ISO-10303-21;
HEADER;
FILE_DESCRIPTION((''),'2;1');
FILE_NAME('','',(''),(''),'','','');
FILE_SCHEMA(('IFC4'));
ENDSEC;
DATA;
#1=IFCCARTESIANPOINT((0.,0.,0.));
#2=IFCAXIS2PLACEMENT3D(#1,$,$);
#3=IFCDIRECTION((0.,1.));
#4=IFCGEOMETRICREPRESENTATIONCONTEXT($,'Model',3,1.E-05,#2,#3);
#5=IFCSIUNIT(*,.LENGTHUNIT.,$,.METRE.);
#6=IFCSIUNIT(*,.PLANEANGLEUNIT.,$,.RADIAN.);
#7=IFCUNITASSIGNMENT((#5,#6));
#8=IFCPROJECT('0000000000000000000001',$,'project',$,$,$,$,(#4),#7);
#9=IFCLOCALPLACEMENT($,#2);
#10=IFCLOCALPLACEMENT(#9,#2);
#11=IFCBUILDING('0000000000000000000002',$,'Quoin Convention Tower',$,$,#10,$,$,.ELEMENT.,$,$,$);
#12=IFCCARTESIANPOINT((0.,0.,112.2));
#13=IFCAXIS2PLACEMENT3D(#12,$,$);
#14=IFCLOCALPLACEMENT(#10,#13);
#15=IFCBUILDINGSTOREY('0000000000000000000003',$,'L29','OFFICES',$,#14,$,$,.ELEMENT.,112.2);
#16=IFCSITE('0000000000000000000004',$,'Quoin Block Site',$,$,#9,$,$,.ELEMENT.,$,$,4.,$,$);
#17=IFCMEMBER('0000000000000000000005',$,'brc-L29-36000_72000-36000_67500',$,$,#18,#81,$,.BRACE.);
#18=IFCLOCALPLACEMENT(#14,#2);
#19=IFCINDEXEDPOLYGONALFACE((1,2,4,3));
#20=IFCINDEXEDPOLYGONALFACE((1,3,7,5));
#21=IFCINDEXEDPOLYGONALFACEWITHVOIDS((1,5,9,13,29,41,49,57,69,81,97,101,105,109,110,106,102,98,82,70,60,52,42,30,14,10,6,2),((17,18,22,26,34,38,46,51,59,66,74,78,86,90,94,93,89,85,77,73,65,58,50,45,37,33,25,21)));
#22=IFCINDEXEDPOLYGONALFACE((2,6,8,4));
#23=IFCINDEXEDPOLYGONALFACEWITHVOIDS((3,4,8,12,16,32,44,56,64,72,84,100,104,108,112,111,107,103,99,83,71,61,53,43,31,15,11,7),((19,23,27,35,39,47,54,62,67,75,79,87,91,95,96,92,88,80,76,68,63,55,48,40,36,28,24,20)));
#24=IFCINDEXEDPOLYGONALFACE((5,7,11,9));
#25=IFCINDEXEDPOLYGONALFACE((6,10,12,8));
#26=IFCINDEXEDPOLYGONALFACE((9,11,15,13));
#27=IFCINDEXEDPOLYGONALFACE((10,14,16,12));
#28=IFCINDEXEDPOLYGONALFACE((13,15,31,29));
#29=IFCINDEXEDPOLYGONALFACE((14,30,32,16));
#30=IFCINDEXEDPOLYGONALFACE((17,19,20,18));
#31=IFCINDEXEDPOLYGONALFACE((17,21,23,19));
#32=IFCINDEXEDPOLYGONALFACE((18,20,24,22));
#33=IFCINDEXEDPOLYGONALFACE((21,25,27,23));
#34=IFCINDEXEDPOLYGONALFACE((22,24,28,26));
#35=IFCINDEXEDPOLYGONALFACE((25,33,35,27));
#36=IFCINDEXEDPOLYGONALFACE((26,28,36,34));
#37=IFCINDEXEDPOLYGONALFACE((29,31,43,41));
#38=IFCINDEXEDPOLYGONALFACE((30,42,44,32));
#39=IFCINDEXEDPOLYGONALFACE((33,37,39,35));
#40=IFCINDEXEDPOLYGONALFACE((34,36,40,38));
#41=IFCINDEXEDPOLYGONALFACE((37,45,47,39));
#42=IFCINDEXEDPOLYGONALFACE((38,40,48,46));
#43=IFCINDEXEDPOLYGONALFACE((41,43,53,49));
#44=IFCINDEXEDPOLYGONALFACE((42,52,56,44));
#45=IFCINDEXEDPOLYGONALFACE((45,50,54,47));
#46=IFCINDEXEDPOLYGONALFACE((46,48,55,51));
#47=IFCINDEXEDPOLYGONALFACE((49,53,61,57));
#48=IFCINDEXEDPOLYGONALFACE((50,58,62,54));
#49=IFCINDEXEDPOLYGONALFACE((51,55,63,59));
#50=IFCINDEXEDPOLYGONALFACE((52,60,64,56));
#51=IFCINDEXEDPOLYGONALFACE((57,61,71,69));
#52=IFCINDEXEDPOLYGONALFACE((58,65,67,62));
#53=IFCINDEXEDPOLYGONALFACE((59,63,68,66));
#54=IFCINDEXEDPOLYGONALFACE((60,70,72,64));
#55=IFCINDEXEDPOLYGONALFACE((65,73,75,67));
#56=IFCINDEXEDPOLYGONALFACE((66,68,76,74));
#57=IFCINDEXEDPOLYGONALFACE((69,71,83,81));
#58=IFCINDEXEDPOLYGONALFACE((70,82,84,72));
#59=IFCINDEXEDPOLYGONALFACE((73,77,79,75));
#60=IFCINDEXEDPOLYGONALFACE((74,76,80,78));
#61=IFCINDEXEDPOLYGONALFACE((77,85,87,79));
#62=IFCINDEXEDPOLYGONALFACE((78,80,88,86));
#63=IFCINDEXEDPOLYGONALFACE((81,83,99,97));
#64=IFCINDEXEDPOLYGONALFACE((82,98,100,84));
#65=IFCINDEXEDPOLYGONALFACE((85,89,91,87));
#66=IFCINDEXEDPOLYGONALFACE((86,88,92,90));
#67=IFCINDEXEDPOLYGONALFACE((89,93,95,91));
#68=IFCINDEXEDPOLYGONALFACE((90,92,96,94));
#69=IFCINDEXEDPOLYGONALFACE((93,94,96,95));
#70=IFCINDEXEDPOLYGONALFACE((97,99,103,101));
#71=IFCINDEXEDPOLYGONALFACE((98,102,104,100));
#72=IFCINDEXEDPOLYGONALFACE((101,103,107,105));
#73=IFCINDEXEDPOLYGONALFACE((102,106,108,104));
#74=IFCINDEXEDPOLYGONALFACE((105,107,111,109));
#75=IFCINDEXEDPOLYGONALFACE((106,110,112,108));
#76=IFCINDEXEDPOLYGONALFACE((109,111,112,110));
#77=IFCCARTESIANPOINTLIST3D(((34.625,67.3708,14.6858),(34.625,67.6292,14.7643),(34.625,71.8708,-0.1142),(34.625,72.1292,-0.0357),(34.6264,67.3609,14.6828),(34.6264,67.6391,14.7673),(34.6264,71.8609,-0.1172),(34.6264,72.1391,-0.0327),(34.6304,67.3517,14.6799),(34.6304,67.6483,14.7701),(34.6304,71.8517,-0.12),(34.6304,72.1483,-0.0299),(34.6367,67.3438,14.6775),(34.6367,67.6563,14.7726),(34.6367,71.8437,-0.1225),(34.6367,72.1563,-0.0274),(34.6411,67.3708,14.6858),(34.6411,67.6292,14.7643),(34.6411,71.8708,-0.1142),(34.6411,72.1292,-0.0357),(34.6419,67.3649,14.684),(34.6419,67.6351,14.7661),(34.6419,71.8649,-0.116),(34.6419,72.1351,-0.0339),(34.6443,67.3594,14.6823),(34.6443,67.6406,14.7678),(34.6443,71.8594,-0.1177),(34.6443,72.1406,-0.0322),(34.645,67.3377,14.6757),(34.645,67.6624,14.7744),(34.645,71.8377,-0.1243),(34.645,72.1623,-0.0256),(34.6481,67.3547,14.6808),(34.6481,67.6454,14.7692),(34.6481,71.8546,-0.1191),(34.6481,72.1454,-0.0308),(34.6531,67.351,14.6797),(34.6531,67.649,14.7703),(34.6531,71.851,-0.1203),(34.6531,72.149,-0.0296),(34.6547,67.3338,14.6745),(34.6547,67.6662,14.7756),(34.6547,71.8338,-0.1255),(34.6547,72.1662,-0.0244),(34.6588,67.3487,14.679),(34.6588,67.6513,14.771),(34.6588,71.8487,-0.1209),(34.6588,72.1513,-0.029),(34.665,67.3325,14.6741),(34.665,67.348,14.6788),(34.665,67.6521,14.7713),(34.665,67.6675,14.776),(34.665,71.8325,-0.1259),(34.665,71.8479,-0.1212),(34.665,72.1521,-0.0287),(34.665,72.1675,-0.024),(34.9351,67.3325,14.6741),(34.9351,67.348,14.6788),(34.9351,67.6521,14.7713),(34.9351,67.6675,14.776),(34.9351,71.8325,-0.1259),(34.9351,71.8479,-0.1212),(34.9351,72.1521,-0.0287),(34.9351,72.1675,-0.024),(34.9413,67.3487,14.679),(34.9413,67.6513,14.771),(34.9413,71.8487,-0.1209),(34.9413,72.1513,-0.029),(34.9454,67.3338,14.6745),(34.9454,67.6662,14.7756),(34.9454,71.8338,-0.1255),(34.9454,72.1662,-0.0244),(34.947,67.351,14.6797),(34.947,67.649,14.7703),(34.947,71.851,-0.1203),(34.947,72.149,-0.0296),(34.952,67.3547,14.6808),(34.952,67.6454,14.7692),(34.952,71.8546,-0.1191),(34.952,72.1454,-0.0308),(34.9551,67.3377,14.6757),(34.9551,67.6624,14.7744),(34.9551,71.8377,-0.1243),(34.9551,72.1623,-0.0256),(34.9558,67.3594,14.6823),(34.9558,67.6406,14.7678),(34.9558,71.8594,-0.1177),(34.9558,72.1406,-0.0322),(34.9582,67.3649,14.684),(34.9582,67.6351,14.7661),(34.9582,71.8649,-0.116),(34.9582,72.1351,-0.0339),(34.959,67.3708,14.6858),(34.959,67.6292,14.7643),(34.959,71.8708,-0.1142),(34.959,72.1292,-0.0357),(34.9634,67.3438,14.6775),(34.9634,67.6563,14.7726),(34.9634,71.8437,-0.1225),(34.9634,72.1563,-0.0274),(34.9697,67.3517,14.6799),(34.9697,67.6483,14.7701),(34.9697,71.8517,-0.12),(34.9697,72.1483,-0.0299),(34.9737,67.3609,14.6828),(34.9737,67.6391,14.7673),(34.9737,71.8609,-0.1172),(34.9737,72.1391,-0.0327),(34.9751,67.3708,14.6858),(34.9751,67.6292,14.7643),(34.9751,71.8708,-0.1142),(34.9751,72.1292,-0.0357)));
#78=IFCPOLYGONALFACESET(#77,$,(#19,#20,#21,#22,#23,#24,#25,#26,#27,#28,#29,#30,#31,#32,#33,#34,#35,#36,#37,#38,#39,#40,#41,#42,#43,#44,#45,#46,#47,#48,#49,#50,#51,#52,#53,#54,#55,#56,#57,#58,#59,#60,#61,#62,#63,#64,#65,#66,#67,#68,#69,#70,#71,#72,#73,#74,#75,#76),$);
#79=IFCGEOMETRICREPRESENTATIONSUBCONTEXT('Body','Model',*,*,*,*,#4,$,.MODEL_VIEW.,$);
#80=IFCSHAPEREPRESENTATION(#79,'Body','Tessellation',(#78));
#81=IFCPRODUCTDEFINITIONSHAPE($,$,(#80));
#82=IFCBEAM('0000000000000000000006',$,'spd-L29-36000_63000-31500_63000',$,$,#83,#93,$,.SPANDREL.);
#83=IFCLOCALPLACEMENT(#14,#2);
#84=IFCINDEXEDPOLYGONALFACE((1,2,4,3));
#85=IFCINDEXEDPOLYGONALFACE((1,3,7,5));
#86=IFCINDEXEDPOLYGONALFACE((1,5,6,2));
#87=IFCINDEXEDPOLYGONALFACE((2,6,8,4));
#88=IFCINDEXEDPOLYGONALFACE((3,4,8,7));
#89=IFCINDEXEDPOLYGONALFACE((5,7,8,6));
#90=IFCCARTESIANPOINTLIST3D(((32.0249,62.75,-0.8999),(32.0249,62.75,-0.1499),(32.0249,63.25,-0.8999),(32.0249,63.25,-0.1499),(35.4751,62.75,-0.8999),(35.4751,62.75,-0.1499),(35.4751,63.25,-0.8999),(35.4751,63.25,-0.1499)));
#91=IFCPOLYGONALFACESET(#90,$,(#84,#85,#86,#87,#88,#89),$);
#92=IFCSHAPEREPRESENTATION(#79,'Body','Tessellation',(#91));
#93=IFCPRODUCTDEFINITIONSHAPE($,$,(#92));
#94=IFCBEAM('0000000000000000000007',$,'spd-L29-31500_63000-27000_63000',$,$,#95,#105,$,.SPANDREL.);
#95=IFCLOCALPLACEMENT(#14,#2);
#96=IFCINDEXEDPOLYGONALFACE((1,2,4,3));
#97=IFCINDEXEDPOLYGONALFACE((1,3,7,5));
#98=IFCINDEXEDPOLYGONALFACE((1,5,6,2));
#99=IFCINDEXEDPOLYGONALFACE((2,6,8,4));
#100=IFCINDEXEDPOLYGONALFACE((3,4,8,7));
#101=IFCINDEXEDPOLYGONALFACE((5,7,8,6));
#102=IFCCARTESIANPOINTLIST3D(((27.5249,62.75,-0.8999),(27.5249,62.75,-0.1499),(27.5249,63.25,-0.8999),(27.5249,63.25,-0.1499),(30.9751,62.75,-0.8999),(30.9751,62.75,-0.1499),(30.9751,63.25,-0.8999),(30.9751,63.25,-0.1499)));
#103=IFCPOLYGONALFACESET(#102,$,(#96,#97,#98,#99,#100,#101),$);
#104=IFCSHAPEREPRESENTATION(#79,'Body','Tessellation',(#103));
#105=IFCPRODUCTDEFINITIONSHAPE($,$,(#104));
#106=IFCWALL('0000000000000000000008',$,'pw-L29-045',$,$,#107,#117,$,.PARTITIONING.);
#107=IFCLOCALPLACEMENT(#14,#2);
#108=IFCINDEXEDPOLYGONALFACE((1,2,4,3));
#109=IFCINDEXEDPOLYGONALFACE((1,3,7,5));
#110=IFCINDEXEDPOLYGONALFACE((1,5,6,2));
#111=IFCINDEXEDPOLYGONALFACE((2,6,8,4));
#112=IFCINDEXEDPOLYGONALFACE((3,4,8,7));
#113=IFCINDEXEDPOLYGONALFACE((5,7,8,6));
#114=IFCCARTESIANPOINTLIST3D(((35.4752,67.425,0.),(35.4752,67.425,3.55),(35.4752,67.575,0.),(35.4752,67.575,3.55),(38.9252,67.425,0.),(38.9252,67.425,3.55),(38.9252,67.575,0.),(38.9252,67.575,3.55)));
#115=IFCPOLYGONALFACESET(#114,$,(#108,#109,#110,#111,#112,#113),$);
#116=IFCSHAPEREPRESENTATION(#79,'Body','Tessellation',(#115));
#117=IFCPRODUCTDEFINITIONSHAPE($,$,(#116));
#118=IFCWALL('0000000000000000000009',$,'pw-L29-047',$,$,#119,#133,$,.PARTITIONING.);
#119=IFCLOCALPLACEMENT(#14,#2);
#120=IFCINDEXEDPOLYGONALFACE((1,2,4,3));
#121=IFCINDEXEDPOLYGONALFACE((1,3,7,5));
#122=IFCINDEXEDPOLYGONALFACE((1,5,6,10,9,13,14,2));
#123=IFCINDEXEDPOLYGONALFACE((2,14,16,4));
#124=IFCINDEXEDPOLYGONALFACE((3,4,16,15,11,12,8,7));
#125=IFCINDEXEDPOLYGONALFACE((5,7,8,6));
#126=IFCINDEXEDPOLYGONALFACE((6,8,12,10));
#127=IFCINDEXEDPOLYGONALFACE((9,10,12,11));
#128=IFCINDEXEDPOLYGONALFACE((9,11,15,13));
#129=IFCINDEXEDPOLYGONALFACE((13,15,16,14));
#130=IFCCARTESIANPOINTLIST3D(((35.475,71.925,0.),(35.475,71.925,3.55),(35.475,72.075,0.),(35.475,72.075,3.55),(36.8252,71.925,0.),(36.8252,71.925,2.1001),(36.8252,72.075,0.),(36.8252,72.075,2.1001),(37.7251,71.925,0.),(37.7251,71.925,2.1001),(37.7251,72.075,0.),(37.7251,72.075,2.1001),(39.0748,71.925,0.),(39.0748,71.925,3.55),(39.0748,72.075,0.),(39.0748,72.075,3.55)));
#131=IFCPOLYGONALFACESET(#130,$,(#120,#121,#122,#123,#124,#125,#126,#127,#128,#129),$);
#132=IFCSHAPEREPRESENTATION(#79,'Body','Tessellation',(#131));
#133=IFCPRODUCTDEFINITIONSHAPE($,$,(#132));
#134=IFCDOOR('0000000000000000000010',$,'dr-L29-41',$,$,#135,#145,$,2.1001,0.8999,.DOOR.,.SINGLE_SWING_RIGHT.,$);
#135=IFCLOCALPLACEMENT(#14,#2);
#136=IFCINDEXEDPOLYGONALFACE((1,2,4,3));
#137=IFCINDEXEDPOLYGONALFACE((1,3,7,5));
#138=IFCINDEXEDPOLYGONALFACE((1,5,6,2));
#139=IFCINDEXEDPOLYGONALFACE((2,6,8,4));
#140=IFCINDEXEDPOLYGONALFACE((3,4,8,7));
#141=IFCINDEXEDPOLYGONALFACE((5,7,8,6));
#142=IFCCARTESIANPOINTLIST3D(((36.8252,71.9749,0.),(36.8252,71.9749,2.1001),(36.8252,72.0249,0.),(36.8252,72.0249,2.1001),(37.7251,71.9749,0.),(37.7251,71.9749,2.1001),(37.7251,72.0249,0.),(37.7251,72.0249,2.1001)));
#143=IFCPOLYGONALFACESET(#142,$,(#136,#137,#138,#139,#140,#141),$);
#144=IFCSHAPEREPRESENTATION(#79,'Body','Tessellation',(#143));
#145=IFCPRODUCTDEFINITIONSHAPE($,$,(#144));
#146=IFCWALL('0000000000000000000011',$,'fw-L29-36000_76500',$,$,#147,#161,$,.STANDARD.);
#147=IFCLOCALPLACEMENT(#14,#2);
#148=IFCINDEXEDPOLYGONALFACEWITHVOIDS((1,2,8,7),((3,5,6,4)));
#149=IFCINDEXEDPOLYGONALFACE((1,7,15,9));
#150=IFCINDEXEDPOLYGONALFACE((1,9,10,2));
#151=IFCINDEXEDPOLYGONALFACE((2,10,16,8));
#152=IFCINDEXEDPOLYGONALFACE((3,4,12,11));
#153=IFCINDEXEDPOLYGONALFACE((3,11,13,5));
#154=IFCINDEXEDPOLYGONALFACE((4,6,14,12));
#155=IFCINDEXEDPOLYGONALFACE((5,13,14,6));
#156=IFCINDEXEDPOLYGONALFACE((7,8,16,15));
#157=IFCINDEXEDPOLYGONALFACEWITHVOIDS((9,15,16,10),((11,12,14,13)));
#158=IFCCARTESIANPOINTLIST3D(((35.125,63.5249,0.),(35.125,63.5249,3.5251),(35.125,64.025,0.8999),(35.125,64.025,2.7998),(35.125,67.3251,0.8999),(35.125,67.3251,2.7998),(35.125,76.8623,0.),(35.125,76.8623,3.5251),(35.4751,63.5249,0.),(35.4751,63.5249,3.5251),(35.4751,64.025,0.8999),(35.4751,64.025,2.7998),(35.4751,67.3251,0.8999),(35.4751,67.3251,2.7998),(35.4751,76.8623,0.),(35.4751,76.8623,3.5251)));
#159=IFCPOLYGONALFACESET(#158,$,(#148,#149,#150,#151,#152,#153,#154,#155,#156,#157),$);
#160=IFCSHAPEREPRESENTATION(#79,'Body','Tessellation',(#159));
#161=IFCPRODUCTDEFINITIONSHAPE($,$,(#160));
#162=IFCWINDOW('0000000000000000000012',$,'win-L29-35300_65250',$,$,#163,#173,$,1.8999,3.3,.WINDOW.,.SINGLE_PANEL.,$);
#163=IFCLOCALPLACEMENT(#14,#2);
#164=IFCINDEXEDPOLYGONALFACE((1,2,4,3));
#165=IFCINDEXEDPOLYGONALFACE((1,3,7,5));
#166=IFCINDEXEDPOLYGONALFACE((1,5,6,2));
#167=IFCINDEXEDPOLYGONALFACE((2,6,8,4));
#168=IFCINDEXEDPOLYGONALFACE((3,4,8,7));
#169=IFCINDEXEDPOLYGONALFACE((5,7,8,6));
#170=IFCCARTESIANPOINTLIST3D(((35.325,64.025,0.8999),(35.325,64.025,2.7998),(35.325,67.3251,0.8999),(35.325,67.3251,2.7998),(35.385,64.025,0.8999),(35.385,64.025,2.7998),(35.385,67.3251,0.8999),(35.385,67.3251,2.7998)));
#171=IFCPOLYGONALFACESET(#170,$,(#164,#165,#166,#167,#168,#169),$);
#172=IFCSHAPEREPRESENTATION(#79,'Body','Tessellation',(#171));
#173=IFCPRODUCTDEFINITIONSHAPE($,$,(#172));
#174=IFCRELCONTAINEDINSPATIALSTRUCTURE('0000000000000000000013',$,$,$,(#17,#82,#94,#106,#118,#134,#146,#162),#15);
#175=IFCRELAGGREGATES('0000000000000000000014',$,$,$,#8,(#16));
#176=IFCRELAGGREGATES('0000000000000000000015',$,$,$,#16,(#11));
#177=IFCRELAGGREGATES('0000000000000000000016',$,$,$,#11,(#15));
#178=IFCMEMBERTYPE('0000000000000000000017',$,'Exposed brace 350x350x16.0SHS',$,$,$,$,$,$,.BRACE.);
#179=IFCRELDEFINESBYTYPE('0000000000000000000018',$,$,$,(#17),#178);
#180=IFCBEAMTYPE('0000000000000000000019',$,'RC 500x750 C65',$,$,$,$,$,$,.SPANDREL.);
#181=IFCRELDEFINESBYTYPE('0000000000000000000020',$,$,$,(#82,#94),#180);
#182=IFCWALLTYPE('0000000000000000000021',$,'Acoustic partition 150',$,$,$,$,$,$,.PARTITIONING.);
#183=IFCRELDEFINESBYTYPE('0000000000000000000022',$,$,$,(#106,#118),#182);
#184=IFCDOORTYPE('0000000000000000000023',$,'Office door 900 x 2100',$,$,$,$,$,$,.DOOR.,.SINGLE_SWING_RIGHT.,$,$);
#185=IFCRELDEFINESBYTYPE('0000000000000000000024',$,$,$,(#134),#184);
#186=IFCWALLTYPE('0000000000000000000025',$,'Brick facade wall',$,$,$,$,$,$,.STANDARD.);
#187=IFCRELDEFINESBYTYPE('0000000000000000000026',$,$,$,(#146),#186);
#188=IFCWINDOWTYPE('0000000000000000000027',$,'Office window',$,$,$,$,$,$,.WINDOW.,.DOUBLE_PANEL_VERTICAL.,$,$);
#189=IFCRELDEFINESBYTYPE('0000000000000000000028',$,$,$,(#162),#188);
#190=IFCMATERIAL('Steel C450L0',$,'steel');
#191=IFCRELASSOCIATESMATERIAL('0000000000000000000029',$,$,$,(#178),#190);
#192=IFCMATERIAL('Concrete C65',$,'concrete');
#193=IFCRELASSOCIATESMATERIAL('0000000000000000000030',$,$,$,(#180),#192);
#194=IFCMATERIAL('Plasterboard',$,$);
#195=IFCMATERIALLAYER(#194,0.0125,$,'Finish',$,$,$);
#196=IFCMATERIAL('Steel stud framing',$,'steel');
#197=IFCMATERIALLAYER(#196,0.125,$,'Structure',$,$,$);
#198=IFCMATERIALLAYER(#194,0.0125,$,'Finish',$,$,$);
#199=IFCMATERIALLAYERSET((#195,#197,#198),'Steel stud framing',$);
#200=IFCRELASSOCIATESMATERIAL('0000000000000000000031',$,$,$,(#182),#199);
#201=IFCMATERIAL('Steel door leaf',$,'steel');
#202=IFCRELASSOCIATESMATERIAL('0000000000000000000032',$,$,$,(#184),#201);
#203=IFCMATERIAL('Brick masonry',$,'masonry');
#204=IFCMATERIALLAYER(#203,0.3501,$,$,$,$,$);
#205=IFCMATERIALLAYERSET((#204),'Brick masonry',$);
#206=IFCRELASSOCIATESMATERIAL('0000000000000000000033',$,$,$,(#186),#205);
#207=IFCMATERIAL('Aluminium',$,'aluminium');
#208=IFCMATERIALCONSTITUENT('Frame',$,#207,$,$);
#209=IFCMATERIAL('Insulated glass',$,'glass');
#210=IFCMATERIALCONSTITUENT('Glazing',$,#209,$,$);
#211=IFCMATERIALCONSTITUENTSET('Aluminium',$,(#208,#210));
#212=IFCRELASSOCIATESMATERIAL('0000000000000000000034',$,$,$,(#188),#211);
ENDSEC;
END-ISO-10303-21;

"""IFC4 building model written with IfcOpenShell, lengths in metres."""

from ifc_helpers import new_model, si_unit, direction, frame, frame_2d, origin, origin_2d, place, context, subcontext, project, spatial, rectangle, hollow_rectangle, extrude, material, layer, layer_set, constituent, constituent_set, material_profile, profile_set, type_object, element, fill, save


model = new_model("IFC4")

# Units and contexts
model_context = context("Model", 3, precision=1e-05, world=origin(), true_north=direction((0.0, 1.0)))
body_context = subcontext(model_context, "Body", "Model", "MODEL_VIEW")
ifc_project = project(units=[si_unit("LENGTHUNIT", "METRE"), si_unit("PLANEANGLEUNIT", "RADIAN")], contexts=[model_context])

# Site, building, storey
site_placement = place(None, origin())
site = spatial("IfcSite", under=ifc_project, at=site_placement, Name="Quoin Block Site", CompositionType="ELEMENT", RefElevation=4.0)
building_placement = place(site_placement, origin())
building = spatial("IfcBuilding", under=site, at=building_placement, Name="Quoin Convention Tower", CompositionType="ELEMENT")
storey_placement = place(building_placement, frame((0.0, 0.0, 112.2)))
storey = spatial("IfcBuildingStorey", under=building, at=storey_placement, Name="L29", Description="OFFICES", CompositionType="ELEMENT", Elevation=112.2)

# Shared definitions
ifc_material_1 = material(Name="Concrete C65", Category="concrete")

# Member
ifc_material_2 = material(Name="Steel C450L0", Category="steel")
ifc_material_profile_1 = material_profile(ifc_material_2, hollow_rectangle(XDim=0.3501, YDim=0.3501, WallThickness=0.0161, InnerFilletRadius=0.0239, OuterFilletRadius=0.04, at=origin_2d()), Name="350x350x16.0SHS")
ifc_profile_set_1 = profile_set([ifc_material_profile_1], Name="Steel C450L0")
member_type = type_object("IfcMemberType", Name="Exposed brace 350x350x16.0SHS", PredefinedType="BRACE", material=ifc_profile_set_1)
for number, where, z_axis, x_axis, name in (
    (1, (34.8, 72.0, -0.075), (0.0, -0.290903, 0.956752), (1.0, 0.0, 0.0), "brc-L29-36000_72000-36000_67500"),
):
    element("IfcMember", number, at=place(storey_placement, frame(where, z_axis=z_axis, x_axis=x_axis)), inside=storey, type_object=member_type, Name=name, PredefinedType="BRACE", context=body_context, shape_type="SweptSolid", body=[
        extrude(hollow_rectangle(XDim=0.3501, YDim=0.3501, WallThickness=0.0161, InnerFilletRadius=0.0239, OuterFilletRadius=0.04, at=origin_2d()), origin(), (0.0, 0.0, 1.0), 15.469),
    ])

# Beams
ifc_material_profile_2 = material_profile(ifc_material_1, rectangle(XDim=0.5, YDim=0.75, at=origin_2d()), Name="RC 500x750")
ifc_profile_set_2 = profile_set([ifc_material_profile_2], Name="Concrete C65")
beam_type = type_object("IfcBeamType", Name="RC 500x750 C65", PredefinedType="SPANDREL", material=ifc_profile_set_2)
for number, where, z_axis, x_axis, name in (
    (2, (35.4751, 63.0, -0.5249), (-1.0, 0.0, 0.0), (0.0, -1.0, 0.0), "spd-L29-36000_63000-31500_63000"),
    (3, (30.9751, 63.0, -0.5249), (-1.0, 0.0, 0.0), (0.0, -1.0, 0.0), "spd-L29-31500_63000-27000_63000"),
):
    element("IfcBeam", number, at=place(storey_placement, frame(where, z_axis=z_axis, x_axis=x_axis)), inside=storey, type_object=beam_type, Name=name, PredefinedType="SPANDREL", context=body_context, shape_type="SweptSolid", body=[
        extrude(rectangle(XDim=0.5, YDim=0.75, at=origin_2d()), origin(), (0.0, 0.0, 1.0), 3.4502),
    ])

# Wall
ifc_material_3 = material(Name="Plasterboard")
ifc_layer_1 = layer(ifc_material_3, 0.0125, Name="Finish")
ifc_material_4 = material(Name="Steel stud framing", Category="steel")
ifc_layer_2 = layer(ifc_material_4, 0.125, Name="Structure")
ifc_layer_3 = layer(ifc_material_3, 0.0125, Name="Finish")
ifc_layer_set_1 = layer_set([ifc_layer_1, ifc_layer_2, ifc_layer_3], Name="Steel stud framing")
wall_type_1 = type_object("IfcWallType", Name="Acoustic partition 150", PredefinedType="PARTITIONING", material=ifc_layer_set_1)
wall_1_placement = place(storey_placement, frame((35.4751, 67.5, 0.0), z_axis=(0.0, 0.0, 1.0), x_axis=(1.0, 0.0, 0.0)))
element("IfcWall", 4, at=wall_1_placement, inside=storey, type_object=wall_type_1, Name="pw-L29-045", PredefinedType="PARTITIONING", context=body_context, shape_type="SweptSolid", body=[
    extrude(rectangle(XDim=3.45, YDim=0.1499, at=frame_2d((1.7251, 0.0))), origin(), (0.0, 0.0, 1.0), 3.55),
])

# Wall, opening, door
wall_2_placement = place(storey_placement, frame((35.4751, 72.0, 0.0), z_axis=(0.0, 0.0, 1.0), x_axis=(1.0, 0.0, 0.0)))
wall_2 = element("IfcWall", 5, at=wall_2_placement, inside=storey, type_object=wall_type_1, Name="pw-L29-047", PredefinedType="PARTITIONING", context=body_context, shape_type="SweptSolid", body=[
    extrude(rectangle(XDim=3.5999, YDim=0.1499, at=frame_2d((1.7998, 0.0))), origin(), (0.0, 0.0, 1.0), 3.55),
])
opening_1_placement = place(wall_2_placement, frame((1.3501, 0.0, 0.0)))
opening_1 = element("IfcOpeningElement", 6, at=opening_1_placement, cuts=wall_2, PredefinedType="OPENING", context=body_context, shape_type="SweptSolid", body=[
    extrude(rectangle(XDim=0.8999, YDim=2.1001, at=frame_2d((0.45, 1.05))), frame((0.0, 0.085, 0.0), z_axis=(0.0, -1.0, 0.0), x_axis=(1.0, 0.0, 0.0)), (0.0, 0.0, 1.0), 0.1699),
])
ifc_material_5 = material(Name="Steel door leaf", Category="steel")
door_type = type_object("IfcDoorType", Name="Office door 900 x 2100", OperationType="SINGLE_SWING_RIGHT", PredefinedType="DOOR", material=ifc_material_5)
door_placement = place(opening_1_placement, origin())
door = element("IfcDoor", 7, at=door_placement, inside=storey, type_object=door_type, Name="dr-L29-41", OperationType="SINGLE_SWING_RIGHT", OverallHeight=2.1001, OverallWidth=0.8999, PredefinedType="DOOR", context=body_context, shape_type="SweptSolid", body=[
    extrude(rectangle(XDim=0.8999, YDim=2.1001, at=frame_2d((0.45, 1.05))), frame((0.0, 0.0249, 0.0), z_axis=(0.0, -1.0, 0.0), x_axis=(1.0, 0.0, 0.0)), (0.0, 0.0, 1.0), 0.05),
])
fill(opening_1, door)

# Wall, opening, window
ifc_material_6 = material(Name="Brick masonry", Category="masonry")
ifc_layer_4 = layer(ifc_material_6, 0.3501)
ifc_layer_set_2 = layer_set([ifc_layer_4], Name="Brick masonry")
wall_type_2 = type_object("IfcWallType", Name="Brick facade wall", PredefinedType="STANDARD", material=ifc_layer_set_2)
wall_3_placement = place(storey_placement, frame((35.3, 76.8623, 0.0), z_axis=(0.0, 0.0, 1.0), x_axis=(0.0, -1.0, 0.0)))
wall_3 = element("IfcWall", 8, at=wall_3_placement, inside=storey, type_object=wall_type_2, Name="fw-L29-36000_76500", PredefinedType="STANDARD", context=body_context, shape_type="SweptSolid", body=[
    extrude(rectangle(XDim=13.3374, YDim=0.3501, at=frame_2d((6.6687, 0.0))), origin(), (0.0, 0.0, 1.0), 3.5251),
])
opening_2_placement = place(wall_3_placement, frame((9.5374, 0.0, 0.8999)))
opening_2 = element("IfcOpeningElement", 9, at=opening_2_placement, cuts=wall_3, PredefinedType="OPENING", context=body_context, shape_type="SweptSolid", body=[
    extrude(rectangle(XDim=3.3, YDim=1.8999, at=frame_2d((1.6499, 0.95))), frame((0.0, 0.1851, 0.0), z_axis=(0.0, -1.0, 0.0), x_axis=(1.0, 0.0, 0.0)), (0.0, 0.0, 1.0), 0.3701),
])
ifc_material_7 = material(Name="Aluminium", Category="aluminium")
ifc_constituent_1 = constituent(ifc_material_7, Name="Frame")
ifc_material_8 = material(Name="Insulated glass", Category="glass")
ifc_constituent_2 = constituent(ifc_material_8, Name="Glazing")
ifc_constituent_set = constituent_set(constituents=[ifc_constituent_1, ifc_constituent_2], Name="Aluminium")
window_type = type_object("IfcWindowType", Name="Office window", PartitioningType="DOUBLE_PANEL_VERTICAL", PredefinedType="WINDOW", material=ifc_constituent_set)
window_1_placement = place(opening_2_placement, origin())
window_1 = element("IfcWindow", 10, at=window_1_placement, inside=storey, type_object=window_type, Name="win-L29-35300_65250", OverallHeight=1.8999, OverallWidth=3.3, PartitioningType="SINGLE_PANEL", PredefinedType="WINDOW", context=body_context, shape_type="SweptSolid", body=[
    extrude(rectangle(XDim=3.3, YDim=1.8999, at=frame_2d((1.6499, 0.95))), frame((0.0, 0.085, 0.0), z_axis=(0.0, -1.0, 0.0), x_axis=(1.0, 0.0, 0.0)), (0.0, 0.0, 1.0), 0.0601),
])
fill(opening_2, window_1)

save(model, "model.ifc")
